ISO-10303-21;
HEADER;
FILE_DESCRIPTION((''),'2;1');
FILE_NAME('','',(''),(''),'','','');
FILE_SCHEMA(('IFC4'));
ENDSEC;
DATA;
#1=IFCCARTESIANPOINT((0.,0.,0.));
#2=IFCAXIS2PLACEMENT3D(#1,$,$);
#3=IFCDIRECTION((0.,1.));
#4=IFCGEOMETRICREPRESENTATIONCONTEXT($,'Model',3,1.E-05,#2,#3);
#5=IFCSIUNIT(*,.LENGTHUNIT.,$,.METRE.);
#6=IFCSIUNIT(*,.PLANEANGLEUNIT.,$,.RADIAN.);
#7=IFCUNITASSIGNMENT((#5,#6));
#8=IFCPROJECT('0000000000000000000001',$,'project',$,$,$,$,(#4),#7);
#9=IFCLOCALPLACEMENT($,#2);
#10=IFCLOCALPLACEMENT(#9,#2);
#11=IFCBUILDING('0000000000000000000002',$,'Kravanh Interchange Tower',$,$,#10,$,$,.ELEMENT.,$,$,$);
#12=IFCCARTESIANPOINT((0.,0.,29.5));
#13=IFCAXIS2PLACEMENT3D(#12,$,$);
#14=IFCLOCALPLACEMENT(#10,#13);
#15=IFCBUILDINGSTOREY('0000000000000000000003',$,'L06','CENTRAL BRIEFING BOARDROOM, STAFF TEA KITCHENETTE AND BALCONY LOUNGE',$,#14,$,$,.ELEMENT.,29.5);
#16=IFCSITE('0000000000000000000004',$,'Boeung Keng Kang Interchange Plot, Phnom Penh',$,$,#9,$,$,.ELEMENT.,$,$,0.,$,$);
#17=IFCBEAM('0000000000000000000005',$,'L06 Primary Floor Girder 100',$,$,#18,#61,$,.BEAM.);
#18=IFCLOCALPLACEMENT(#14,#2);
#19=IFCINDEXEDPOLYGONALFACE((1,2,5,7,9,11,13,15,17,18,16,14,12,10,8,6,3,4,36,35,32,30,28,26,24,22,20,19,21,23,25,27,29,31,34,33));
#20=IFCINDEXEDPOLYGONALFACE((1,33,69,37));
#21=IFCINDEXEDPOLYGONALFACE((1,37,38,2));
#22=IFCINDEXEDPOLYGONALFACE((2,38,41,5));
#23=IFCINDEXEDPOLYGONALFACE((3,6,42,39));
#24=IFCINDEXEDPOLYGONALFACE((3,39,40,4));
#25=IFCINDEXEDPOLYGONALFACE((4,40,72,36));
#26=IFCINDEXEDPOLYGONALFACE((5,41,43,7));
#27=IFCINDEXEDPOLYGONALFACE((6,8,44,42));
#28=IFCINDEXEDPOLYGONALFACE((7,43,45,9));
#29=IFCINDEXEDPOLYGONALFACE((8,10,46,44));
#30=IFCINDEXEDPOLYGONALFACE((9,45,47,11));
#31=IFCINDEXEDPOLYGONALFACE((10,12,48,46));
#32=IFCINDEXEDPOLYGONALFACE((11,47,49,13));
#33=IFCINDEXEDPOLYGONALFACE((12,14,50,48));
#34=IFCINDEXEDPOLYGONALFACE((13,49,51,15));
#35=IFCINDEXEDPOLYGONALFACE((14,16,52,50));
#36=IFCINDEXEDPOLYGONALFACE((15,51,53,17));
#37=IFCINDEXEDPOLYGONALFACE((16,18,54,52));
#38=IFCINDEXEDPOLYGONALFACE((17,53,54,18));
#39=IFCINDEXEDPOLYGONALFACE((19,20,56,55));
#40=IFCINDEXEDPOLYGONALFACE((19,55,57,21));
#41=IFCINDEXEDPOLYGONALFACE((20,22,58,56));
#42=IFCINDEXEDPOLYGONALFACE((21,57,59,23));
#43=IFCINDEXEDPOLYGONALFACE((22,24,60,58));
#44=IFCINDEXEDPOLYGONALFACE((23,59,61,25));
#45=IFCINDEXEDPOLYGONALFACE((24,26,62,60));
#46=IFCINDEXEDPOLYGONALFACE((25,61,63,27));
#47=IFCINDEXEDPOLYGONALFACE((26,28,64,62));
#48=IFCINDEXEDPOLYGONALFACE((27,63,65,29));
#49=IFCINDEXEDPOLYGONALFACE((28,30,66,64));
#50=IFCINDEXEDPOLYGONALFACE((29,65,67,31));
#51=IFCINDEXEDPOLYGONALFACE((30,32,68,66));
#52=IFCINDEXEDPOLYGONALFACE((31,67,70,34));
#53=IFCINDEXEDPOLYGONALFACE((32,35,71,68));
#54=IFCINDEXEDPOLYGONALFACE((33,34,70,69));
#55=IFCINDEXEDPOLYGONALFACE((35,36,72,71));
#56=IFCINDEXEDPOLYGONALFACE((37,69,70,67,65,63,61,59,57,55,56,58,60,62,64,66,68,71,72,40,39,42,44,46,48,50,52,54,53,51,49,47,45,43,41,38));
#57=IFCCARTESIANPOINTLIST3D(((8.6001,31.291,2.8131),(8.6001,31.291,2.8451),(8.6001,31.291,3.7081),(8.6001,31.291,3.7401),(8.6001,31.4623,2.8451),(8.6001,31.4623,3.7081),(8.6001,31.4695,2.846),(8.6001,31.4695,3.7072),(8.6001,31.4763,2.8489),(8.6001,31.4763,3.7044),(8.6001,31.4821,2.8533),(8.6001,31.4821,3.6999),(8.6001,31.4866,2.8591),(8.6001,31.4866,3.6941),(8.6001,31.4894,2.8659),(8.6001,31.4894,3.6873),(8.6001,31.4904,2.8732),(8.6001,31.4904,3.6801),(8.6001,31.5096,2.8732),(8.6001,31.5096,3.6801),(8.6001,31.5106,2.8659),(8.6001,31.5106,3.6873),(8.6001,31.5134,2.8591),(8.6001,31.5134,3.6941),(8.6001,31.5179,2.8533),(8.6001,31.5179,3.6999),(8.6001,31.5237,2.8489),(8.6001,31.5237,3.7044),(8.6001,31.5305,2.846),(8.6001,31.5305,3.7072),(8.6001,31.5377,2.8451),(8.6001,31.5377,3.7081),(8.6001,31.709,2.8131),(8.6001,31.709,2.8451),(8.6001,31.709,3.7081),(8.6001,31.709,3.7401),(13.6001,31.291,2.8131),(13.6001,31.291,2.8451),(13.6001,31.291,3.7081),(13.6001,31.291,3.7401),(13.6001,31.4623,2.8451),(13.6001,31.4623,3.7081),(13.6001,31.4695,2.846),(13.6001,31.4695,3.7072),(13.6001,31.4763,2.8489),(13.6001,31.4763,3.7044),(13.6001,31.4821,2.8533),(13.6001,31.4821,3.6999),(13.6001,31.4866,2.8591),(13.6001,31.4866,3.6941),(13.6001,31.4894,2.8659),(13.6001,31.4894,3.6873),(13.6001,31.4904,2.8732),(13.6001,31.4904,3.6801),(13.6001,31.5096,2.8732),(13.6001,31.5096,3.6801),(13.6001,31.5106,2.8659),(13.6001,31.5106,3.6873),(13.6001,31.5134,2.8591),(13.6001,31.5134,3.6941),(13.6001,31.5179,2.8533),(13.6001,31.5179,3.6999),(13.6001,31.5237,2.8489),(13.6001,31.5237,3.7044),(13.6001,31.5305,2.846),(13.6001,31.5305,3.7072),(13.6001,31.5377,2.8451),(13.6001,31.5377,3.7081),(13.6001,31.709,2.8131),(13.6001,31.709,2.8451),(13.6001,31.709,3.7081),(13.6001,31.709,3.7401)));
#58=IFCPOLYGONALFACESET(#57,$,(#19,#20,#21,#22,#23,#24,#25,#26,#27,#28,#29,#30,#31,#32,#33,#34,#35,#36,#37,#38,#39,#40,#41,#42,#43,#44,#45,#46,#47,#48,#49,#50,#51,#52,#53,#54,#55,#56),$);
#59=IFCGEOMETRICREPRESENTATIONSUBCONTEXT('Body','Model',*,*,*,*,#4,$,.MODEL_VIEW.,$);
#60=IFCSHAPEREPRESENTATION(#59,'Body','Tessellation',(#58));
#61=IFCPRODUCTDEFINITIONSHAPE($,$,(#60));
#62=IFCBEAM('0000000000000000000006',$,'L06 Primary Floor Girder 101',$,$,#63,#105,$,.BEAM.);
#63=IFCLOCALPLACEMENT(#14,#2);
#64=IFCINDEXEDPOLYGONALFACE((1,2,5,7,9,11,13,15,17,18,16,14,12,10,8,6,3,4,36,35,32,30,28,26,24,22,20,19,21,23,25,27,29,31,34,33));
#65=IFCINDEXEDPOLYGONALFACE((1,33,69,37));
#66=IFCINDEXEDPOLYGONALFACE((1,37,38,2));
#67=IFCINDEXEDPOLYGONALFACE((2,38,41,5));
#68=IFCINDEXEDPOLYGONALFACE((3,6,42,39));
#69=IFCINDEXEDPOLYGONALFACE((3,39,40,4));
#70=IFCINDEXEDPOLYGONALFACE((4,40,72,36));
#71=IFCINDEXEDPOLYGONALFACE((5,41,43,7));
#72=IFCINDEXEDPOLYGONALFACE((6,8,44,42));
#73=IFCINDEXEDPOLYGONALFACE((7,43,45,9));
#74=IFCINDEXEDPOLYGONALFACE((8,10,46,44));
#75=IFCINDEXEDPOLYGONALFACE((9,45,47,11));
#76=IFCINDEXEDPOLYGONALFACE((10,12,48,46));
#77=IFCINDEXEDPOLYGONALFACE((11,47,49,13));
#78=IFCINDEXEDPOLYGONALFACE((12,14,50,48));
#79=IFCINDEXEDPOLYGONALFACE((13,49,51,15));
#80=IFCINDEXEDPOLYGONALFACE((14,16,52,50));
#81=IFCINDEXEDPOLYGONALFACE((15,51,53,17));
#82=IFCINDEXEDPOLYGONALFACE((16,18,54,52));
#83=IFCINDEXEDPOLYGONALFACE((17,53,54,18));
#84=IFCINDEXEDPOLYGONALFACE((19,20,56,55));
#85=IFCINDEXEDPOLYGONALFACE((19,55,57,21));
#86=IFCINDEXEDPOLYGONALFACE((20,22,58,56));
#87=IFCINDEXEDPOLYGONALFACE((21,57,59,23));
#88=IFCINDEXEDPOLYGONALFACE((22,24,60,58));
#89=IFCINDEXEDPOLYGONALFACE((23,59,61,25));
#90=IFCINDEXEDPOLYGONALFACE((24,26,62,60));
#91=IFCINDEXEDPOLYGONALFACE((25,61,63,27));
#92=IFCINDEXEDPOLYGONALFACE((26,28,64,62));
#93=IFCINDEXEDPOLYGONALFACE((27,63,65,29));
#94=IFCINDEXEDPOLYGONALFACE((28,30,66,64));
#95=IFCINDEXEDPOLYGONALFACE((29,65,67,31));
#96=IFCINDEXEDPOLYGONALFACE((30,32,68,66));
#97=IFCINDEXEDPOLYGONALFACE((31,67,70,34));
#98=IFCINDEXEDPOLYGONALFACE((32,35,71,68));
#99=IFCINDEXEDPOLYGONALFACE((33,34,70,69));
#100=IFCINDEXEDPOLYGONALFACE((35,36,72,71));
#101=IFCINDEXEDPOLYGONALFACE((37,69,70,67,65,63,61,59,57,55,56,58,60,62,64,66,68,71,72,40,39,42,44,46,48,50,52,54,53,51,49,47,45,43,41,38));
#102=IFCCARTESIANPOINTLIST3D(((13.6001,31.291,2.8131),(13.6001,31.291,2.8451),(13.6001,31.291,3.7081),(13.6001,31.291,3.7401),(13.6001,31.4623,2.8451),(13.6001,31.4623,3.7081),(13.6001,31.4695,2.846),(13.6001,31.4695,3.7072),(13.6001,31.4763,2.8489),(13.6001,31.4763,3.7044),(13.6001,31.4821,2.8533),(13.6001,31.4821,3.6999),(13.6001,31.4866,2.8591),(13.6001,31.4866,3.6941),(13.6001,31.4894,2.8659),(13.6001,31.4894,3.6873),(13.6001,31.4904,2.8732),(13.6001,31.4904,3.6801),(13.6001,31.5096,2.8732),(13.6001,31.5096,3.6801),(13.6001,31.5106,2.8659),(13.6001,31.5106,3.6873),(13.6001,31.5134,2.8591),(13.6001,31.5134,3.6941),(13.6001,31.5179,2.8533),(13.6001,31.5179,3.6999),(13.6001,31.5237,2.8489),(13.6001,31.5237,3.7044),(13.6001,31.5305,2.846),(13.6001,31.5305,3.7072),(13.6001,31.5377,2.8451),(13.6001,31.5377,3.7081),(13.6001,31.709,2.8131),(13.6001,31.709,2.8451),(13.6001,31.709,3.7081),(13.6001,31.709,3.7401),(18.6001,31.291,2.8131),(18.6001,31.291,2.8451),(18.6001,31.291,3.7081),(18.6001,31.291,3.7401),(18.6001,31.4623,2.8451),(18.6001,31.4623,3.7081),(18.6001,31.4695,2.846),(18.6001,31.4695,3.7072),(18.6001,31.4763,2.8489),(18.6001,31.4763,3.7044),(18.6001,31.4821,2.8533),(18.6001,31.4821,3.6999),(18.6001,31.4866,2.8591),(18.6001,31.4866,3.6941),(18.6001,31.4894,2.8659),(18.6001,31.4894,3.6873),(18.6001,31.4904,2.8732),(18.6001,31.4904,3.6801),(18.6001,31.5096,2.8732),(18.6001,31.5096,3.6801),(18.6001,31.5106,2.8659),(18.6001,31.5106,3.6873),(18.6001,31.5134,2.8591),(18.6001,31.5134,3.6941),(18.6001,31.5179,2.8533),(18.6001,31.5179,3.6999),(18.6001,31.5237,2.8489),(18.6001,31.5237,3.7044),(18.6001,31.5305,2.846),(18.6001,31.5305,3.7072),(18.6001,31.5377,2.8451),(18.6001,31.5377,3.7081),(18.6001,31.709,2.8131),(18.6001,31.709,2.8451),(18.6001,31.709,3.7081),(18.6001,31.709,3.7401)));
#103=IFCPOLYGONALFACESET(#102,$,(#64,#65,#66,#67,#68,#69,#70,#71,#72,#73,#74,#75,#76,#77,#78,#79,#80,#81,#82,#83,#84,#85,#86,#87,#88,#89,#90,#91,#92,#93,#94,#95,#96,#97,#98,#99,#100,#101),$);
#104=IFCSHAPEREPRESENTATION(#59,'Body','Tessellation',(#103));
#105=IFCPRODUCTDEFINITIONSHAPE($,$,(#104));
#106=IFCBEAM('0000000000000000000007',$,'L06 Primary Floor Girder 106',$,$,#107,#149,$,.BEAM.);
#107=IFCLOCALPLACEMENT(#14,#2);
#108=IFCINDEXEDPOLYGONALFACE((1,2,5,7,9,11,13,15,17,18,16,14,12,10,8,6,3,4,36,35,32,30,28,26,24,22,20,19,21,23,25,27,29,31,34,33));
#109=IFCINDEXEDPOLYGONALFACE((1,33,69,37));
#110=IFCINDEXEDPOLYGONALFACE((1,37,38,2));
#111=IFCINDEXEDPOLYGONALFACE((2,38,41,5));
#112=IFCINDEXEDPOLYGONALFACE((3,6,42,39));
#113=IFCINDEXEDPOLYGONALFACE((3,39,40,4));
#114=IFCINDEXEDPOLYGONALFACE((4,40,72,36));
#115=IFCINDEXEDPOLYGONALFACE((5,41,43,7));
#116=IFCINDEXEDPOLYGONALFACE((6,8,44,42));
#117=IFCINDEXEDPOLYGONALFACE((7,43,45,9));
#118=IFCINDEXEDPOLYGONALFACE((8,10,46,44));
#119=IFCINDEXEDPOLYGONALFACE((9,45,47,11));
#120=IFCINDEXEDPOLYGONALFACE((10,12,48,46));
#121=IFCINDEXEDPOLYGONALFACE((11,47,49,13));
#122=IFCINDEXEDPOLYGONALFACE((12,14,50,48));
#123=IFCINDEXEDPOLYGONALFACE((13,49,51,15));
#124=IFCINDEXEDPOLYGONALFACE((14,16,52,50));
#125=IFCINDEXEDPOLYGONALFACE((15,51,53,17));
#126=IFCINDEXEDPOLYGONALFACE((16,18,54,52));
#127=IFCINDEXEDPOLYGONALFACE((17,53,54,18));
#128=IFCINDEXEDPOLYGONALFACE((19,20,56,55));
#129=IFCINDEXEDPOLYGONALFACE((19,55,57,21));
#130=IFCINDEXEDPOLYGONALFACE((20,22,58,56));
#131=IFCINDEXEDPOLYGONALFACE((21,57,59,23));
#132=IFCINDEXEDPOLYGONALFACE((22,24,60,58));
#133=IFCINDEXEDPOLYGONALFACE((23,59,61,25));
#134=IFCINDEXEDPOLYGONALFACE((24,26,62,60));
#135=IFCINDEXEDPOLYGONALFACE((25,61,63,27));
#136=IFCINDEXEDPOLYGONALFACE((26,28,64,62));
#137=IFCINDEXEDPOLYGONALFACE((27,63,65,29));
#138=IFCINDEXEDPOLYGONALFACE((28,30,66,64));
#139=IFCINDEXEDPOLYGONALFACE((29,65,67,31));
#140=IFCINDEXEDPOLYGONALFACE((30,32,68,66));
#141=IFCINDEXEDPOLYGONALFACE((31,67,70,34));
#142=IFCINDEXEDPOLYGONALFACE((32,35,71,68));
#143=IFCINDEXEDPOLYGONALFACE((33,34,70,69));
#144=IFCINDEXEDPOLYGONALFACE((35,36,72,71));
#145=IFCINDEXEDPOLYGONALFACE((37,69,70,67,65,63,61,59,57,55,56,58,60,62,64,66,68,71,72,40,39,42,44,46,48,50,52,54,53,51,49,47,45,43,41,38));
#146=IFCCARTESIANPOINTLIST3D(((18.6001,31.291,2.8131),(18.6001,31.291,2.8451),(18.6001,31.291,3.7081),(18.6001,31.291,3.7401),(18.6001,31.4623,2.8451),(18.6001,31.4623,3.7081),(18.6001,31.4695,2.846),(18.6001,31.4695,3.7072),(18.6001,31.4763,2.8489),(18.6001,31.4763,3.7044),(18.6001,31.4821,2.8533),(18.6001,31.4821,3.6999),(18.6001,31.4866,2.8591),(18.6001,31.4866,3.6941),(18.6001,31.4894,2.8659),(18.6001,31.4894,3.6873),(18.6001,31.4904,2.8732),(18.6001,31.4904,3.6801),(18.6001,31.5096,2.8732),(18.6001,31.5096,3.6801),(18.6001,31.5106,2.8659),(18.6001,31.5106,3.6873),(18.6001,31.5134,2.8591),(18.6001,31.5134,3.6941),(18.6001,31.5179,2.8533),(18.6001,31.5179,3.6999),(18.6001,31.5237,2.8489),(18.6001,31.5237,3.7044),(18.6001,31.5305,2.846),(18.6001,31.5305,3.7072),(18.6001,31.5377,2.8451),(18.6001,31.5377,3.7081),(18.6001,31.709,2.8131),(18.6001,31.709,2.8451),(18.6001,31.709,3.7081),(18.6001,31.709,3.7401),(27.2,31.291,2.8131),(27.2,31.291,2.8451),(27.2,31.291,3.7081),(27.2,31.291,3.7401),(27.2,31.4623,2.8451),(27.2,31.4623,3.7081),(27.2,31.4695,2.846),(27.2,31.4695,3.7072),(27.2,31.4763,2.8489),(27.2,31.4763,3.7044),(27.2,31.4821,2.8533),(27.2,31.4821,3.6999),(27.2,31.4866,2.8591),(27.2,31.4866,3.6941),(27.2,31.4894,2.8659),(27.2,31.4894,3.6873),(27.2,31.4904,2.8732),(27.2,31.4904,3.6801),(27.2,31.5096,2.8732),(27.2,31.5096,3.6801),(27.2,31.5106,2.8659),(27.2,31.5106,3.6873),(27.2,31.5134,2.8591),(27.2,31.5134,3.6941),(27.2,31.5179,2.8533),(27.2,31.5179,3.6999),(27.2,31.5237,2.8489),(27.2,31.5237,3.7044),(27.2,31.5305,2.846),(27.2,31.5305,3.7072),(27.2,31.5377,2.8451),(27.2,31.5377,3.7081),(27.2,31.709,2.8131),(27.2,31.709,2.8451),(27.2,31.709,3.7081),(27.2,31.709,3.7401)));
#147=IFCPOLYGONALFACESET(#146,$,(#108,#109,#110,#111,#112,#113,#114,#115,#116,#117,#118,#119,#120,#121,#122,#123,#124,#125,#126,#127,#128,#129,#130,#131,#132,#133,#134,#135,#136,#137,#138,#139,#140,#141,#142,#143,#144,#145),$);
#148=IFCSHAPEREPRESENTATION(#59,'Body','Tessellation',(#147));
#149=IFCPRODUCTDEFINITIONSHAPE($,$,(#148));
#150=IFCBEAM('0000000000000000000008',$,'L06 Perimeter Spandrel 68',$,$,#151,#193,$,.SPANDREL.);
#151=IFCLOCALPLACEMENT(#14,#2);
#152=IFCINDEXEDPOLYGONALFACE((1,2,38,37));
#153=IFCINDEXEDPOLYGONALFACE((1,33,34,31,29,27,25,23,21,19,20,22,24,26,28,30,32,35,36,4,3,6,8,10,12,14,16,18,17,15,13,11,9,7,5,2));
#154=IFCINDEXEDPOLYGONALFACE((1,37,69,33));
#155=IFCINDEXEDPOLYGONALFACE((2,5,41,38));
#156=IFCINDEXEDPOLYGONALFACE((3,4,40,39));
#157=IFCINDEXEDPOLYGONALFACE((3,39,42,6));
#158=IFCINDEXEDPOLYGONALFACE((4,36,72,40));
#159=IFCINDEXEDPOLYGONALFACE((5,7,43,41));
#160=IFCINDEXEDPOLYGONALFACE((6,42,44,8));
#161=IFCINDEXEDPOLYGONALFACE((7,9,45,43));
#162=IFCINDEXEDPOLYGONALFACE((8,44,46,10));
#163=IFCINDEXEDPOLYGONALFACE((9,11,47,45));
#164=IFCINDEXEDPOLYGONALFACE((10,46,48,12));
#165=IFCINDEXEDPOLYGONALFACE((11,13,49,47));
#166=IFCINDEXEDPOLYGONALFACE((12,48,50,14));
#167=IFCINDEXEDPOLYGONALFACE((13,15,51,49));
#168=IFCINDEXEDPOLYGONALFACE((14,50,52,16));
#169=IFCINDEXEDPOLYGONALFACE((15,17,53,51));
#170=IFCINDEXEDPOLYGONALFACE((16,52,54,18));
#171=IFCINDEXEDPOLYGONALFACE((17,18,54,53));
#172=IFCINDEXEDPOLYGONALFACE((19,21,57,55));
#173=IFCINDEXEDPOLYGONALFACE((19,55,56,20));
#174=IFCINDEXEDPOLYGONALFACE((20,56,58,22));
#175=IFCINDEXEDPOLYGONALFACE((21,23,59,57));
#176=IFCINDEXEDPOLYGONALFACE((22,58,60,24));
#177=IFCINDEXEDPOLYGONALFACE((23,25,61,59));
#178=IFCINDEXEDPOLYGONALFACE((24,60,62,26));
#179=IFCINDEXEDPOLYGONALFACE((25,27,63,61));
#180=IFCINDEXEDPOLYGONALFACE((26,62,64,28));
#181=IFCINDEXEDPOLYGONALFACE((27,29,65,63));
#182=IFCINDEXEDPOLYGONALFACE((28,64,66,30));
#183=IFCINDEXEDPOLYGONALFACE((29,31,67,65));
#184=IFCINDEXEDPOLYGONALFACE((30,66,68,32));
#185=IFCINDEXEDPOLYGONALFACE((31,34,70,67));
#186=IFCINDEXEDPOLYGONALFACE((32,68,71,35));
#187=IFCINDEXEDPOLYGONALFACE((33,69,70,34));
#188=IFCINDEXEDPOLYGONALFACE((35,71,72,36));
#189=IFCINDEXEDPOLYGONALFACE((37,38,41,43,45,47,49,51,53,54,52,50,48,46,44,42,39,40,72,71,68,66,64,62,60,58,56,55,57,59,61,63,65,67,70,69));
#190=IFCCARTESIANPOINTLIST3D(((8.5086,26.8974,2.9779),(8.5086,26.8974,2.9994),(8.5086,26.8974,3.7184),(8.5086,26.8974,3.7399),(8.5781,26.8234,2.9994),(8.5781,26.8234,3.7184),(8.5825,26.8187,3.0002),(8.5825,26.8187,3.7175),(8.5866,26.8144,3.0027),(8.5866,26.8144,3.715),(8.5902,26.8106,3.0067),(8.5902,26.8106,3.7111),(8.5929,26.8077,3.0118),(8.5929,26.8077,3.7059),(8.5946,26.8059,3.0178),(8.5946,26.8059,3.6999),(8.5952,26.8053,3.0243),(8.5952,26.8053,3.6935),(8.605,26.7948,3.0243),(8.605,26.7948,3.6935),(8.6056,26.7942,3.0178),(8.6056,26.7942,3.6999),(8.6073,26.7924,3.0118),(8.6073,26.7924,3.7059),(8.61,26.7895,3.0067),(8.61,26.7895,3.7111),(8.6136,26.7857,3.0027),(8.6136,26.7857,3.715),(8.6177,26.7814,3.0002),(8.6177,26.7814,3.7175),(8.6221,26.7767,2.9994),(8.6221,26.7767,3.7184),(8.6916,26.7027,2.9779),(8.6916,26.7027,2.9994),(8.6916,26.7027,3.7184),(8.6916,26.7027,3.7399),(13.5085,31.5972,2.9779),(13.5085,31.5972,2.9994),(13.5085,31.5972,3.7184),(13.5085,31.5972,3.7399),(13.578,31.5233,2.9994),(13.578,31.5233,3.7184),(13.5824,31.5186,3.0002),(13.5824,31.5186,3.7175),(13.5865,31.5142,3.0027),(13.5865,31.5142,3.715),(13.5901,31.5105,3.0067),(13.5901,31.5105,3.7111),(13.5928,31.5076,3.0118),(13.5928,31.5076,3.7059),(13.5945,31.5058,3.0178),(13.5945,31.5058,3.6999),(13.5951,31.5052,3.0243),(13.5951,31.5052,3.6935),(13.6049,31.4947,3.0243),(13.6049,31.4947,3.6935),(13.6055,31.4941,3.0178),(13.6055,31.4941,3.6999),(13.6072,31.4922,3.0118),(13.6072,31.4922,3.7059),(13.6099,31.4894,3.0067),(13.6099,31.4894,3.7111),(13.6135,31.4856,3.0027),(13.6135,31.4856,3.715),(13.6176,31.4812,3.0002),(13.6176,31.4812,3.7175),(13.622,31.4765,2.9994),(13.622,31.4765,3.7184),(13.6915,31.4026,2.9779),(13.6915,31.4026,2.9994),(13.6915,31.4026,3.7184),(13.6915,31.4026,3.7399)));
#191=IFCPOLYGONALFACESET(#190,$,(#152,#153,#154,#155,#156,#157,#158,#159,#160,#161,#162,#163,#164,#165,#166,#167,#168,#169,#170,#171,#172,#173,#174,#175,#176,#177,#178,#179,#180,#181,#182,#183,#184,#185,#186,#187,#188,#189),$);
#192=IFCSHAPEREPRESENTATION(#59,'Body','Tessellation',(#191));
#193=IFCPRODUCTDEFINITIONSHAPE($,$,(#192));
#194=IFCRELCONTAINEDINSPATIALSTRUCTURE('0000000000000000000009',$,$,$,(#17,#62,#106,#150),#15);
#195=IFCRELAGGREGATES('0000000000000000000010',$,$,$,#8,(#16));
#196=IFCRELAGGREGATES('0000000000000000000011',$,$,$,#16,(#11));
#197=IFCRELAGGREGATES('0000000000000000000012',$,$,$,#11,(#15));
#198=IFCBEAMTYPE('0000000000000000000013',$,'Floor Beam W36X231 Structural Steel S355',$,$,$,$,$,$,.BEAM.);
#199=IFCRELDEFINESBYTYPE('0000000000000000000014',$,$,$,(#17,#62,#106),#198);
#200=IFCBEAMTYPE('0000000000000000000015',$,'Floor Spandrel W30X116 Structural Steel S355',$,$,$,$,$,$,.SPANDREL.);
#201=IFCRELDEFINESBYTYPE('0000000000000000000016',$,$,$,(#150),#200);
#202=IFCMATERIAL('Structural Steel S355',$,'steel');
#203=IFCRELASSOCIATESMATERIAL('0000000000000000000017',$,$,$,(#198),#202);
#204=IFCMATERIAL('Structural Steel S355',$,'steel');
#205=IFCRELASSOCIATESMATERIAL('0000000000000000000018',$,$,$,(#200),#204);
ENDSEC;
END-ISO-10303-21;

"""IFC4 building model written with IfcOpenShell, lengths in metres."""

from ifc_helpers import new_model, si_unit, direction, frame, origin, origin_2d, place, context, subcontext, project, spatial, i_section, extrude, material, material_profile, profile_set, type_object, element, save


model = new_model("IFC4")

# Units and contexts
model_context = context("Model", 3, precision=1e-05, world=origin(), true_north=direction((0.0, 1.0)))
body_context = subcontext(model_context, "Body", "Model", "MODEL_VIEW")
ifc_project = project(units=[si_unit("LENGTHUNIT", "METRE"), si_unit("PLANEANGLEUNIT", "RADIAN")], contexts=[model_context])

# Site, building, storey
site_placement = place(None, origin())
site = spatial("IfcSite", under=ifc_project, at=site_placement, Name="Boeung Keng Kang Interchange Plot, Phnom Penh", CompositionType="ELEMENT", RefElevation=0.0)
building_placement = place(site_placement, origin())
building = spatial("IfcBuilding", under=site, at=building_placement, Name="Kravanh Interchange Tower", CompositionType="ELEMENT")
storey_placement = place(building_placement, frame((0.0, 0.0, 29.5)))
storey = spatial("IfcBuildingStorey", under=building, at=storey_placement, Name="L06", Description="CENTRAL BRIEFING BOARDROOM, STAFF TEA KITCHENETTE AND BALCONY LOUNGE", CompositionType="ELEMENT", Elevation=29.5)

# Beams
ifc_material_1 = material(Name="Structural Steel S355", Category="steel")
ifc_material_profile_1 = material_profile(ifc_material_1, i_section(OverallWidth=0.418, OverallDepth=0.927, WebThickness=0.0193, FlangeThickness=0.032, FilletRadius=0.0281, at=origin_2d()), Name="W36X231")
ifc_profile_set_1 = profile_set([ifc_material_profile_1], Name="Structural Steel S355")
beam_type_1 = type_object("IfcBeamType", Name="Floor Beam W36X231 Structural Steel S355", PredefinedType="BEAM", material=ifc_profile_set_1)
for number, where, z_axis, x_axis, name in (
    (1, (8.6001, 31.5, 3.2766), (1.0, 0.0, 0.0), (0.0, 1.0, 0.0), "L06 Primary Floor Girder 100"),
    (2, (13.6001, 31.5, 3.2766), (1.0, 0.0, 0.0), (0.0, 1.0, 0.0), "L06 Primary Floor Girder 101"),
):
    element("IfcBeam", number, at=place(storey_placement, frame(where, z_axis=z_axis, x_axis=x_axis)), inside=storey, type_object=beam_type_1, Name=name, PredefinedType="BEAM", context=body_context, shape_type="SweptSolid", body=[
        extrude(i_section(OverallWidth=0.418, OverallDepth=0.927, WebThickness=0.0193, FlangeThickness=0.032, FilletRadius=0.0281, at=origin_2d()), origin(), (0.0, 0.0, 1.0), 5.0),
    ])
beam_1_placement = place(storey_placement, frame((18.6001, 31.5, 3.2766), z_axis=(1.0, 0.0, 0.0), x_axis=(0.0, 1.0, 0.0)))
element("IfcBeam", 3, at=beam_1_placement, inside=storey, type_object=beam_type_1, Name="L06 Primary Floor Girder 106", PredefinedType="BEAM", context=body_context, shape_type="SweptSolid", body=[
    extrude(i_section(OverallWidth=0.418, OverallDepth=0.927, WebThickness=0.0193, FlangeThickness=0.032, FilletRadius=0.0281, at=origin_2d()), origin(), (0.0, 0.0, 1.0), 8.5999),
])
ifc_material_2 = material(Name="Structural Steel S355", Category="steel")
ifc_material_profile_2 = material_profile(ifc_material_2, i_section(OverallWidth=0.2671, OverallDepth=0.762, WebThickness=0.0144, FlangeThickness=0.0215, FilletRadius=0.0249, at=origin_2d()), Name="W30X116")
ifc_profile_set_2 = profile_set([ifc_material_profile_2], Name="Structural Steel S355")
beam_type_2 = type_object("IfcBeamType", Name="Floor Spandrel W30X116 Structural Steel S355", PredefinedType="SPANDREL", material=ifc_profile_set_2)
beam_2_placement = place(storey_placement, frame((8.6001, 26.8, 3.3589), z_axis=(0.728631, 0.684906, 0.0), x_axis=(-0.684906, 0.728631, 0.0)))
element("IfcBeam", 4, at=beam_2_placement, inside=storey, type_object=beam_type_2, Name="L06 Perimeter Spandrel 68", PredefinedType="SPANDREL", context=body_context, shape_type="SweptSolid", body=[
    extrude(i_section(OverallWidth=0.2671, OverallDepth=0.762, WebThickness=0.0144, FlangeThickness=0.0215, FilletRadius=0.0249, at=origin_2d()), origin(), (0.0, 0.0, 1.0), 6.8621),
])

save(model, "model.ifc")
